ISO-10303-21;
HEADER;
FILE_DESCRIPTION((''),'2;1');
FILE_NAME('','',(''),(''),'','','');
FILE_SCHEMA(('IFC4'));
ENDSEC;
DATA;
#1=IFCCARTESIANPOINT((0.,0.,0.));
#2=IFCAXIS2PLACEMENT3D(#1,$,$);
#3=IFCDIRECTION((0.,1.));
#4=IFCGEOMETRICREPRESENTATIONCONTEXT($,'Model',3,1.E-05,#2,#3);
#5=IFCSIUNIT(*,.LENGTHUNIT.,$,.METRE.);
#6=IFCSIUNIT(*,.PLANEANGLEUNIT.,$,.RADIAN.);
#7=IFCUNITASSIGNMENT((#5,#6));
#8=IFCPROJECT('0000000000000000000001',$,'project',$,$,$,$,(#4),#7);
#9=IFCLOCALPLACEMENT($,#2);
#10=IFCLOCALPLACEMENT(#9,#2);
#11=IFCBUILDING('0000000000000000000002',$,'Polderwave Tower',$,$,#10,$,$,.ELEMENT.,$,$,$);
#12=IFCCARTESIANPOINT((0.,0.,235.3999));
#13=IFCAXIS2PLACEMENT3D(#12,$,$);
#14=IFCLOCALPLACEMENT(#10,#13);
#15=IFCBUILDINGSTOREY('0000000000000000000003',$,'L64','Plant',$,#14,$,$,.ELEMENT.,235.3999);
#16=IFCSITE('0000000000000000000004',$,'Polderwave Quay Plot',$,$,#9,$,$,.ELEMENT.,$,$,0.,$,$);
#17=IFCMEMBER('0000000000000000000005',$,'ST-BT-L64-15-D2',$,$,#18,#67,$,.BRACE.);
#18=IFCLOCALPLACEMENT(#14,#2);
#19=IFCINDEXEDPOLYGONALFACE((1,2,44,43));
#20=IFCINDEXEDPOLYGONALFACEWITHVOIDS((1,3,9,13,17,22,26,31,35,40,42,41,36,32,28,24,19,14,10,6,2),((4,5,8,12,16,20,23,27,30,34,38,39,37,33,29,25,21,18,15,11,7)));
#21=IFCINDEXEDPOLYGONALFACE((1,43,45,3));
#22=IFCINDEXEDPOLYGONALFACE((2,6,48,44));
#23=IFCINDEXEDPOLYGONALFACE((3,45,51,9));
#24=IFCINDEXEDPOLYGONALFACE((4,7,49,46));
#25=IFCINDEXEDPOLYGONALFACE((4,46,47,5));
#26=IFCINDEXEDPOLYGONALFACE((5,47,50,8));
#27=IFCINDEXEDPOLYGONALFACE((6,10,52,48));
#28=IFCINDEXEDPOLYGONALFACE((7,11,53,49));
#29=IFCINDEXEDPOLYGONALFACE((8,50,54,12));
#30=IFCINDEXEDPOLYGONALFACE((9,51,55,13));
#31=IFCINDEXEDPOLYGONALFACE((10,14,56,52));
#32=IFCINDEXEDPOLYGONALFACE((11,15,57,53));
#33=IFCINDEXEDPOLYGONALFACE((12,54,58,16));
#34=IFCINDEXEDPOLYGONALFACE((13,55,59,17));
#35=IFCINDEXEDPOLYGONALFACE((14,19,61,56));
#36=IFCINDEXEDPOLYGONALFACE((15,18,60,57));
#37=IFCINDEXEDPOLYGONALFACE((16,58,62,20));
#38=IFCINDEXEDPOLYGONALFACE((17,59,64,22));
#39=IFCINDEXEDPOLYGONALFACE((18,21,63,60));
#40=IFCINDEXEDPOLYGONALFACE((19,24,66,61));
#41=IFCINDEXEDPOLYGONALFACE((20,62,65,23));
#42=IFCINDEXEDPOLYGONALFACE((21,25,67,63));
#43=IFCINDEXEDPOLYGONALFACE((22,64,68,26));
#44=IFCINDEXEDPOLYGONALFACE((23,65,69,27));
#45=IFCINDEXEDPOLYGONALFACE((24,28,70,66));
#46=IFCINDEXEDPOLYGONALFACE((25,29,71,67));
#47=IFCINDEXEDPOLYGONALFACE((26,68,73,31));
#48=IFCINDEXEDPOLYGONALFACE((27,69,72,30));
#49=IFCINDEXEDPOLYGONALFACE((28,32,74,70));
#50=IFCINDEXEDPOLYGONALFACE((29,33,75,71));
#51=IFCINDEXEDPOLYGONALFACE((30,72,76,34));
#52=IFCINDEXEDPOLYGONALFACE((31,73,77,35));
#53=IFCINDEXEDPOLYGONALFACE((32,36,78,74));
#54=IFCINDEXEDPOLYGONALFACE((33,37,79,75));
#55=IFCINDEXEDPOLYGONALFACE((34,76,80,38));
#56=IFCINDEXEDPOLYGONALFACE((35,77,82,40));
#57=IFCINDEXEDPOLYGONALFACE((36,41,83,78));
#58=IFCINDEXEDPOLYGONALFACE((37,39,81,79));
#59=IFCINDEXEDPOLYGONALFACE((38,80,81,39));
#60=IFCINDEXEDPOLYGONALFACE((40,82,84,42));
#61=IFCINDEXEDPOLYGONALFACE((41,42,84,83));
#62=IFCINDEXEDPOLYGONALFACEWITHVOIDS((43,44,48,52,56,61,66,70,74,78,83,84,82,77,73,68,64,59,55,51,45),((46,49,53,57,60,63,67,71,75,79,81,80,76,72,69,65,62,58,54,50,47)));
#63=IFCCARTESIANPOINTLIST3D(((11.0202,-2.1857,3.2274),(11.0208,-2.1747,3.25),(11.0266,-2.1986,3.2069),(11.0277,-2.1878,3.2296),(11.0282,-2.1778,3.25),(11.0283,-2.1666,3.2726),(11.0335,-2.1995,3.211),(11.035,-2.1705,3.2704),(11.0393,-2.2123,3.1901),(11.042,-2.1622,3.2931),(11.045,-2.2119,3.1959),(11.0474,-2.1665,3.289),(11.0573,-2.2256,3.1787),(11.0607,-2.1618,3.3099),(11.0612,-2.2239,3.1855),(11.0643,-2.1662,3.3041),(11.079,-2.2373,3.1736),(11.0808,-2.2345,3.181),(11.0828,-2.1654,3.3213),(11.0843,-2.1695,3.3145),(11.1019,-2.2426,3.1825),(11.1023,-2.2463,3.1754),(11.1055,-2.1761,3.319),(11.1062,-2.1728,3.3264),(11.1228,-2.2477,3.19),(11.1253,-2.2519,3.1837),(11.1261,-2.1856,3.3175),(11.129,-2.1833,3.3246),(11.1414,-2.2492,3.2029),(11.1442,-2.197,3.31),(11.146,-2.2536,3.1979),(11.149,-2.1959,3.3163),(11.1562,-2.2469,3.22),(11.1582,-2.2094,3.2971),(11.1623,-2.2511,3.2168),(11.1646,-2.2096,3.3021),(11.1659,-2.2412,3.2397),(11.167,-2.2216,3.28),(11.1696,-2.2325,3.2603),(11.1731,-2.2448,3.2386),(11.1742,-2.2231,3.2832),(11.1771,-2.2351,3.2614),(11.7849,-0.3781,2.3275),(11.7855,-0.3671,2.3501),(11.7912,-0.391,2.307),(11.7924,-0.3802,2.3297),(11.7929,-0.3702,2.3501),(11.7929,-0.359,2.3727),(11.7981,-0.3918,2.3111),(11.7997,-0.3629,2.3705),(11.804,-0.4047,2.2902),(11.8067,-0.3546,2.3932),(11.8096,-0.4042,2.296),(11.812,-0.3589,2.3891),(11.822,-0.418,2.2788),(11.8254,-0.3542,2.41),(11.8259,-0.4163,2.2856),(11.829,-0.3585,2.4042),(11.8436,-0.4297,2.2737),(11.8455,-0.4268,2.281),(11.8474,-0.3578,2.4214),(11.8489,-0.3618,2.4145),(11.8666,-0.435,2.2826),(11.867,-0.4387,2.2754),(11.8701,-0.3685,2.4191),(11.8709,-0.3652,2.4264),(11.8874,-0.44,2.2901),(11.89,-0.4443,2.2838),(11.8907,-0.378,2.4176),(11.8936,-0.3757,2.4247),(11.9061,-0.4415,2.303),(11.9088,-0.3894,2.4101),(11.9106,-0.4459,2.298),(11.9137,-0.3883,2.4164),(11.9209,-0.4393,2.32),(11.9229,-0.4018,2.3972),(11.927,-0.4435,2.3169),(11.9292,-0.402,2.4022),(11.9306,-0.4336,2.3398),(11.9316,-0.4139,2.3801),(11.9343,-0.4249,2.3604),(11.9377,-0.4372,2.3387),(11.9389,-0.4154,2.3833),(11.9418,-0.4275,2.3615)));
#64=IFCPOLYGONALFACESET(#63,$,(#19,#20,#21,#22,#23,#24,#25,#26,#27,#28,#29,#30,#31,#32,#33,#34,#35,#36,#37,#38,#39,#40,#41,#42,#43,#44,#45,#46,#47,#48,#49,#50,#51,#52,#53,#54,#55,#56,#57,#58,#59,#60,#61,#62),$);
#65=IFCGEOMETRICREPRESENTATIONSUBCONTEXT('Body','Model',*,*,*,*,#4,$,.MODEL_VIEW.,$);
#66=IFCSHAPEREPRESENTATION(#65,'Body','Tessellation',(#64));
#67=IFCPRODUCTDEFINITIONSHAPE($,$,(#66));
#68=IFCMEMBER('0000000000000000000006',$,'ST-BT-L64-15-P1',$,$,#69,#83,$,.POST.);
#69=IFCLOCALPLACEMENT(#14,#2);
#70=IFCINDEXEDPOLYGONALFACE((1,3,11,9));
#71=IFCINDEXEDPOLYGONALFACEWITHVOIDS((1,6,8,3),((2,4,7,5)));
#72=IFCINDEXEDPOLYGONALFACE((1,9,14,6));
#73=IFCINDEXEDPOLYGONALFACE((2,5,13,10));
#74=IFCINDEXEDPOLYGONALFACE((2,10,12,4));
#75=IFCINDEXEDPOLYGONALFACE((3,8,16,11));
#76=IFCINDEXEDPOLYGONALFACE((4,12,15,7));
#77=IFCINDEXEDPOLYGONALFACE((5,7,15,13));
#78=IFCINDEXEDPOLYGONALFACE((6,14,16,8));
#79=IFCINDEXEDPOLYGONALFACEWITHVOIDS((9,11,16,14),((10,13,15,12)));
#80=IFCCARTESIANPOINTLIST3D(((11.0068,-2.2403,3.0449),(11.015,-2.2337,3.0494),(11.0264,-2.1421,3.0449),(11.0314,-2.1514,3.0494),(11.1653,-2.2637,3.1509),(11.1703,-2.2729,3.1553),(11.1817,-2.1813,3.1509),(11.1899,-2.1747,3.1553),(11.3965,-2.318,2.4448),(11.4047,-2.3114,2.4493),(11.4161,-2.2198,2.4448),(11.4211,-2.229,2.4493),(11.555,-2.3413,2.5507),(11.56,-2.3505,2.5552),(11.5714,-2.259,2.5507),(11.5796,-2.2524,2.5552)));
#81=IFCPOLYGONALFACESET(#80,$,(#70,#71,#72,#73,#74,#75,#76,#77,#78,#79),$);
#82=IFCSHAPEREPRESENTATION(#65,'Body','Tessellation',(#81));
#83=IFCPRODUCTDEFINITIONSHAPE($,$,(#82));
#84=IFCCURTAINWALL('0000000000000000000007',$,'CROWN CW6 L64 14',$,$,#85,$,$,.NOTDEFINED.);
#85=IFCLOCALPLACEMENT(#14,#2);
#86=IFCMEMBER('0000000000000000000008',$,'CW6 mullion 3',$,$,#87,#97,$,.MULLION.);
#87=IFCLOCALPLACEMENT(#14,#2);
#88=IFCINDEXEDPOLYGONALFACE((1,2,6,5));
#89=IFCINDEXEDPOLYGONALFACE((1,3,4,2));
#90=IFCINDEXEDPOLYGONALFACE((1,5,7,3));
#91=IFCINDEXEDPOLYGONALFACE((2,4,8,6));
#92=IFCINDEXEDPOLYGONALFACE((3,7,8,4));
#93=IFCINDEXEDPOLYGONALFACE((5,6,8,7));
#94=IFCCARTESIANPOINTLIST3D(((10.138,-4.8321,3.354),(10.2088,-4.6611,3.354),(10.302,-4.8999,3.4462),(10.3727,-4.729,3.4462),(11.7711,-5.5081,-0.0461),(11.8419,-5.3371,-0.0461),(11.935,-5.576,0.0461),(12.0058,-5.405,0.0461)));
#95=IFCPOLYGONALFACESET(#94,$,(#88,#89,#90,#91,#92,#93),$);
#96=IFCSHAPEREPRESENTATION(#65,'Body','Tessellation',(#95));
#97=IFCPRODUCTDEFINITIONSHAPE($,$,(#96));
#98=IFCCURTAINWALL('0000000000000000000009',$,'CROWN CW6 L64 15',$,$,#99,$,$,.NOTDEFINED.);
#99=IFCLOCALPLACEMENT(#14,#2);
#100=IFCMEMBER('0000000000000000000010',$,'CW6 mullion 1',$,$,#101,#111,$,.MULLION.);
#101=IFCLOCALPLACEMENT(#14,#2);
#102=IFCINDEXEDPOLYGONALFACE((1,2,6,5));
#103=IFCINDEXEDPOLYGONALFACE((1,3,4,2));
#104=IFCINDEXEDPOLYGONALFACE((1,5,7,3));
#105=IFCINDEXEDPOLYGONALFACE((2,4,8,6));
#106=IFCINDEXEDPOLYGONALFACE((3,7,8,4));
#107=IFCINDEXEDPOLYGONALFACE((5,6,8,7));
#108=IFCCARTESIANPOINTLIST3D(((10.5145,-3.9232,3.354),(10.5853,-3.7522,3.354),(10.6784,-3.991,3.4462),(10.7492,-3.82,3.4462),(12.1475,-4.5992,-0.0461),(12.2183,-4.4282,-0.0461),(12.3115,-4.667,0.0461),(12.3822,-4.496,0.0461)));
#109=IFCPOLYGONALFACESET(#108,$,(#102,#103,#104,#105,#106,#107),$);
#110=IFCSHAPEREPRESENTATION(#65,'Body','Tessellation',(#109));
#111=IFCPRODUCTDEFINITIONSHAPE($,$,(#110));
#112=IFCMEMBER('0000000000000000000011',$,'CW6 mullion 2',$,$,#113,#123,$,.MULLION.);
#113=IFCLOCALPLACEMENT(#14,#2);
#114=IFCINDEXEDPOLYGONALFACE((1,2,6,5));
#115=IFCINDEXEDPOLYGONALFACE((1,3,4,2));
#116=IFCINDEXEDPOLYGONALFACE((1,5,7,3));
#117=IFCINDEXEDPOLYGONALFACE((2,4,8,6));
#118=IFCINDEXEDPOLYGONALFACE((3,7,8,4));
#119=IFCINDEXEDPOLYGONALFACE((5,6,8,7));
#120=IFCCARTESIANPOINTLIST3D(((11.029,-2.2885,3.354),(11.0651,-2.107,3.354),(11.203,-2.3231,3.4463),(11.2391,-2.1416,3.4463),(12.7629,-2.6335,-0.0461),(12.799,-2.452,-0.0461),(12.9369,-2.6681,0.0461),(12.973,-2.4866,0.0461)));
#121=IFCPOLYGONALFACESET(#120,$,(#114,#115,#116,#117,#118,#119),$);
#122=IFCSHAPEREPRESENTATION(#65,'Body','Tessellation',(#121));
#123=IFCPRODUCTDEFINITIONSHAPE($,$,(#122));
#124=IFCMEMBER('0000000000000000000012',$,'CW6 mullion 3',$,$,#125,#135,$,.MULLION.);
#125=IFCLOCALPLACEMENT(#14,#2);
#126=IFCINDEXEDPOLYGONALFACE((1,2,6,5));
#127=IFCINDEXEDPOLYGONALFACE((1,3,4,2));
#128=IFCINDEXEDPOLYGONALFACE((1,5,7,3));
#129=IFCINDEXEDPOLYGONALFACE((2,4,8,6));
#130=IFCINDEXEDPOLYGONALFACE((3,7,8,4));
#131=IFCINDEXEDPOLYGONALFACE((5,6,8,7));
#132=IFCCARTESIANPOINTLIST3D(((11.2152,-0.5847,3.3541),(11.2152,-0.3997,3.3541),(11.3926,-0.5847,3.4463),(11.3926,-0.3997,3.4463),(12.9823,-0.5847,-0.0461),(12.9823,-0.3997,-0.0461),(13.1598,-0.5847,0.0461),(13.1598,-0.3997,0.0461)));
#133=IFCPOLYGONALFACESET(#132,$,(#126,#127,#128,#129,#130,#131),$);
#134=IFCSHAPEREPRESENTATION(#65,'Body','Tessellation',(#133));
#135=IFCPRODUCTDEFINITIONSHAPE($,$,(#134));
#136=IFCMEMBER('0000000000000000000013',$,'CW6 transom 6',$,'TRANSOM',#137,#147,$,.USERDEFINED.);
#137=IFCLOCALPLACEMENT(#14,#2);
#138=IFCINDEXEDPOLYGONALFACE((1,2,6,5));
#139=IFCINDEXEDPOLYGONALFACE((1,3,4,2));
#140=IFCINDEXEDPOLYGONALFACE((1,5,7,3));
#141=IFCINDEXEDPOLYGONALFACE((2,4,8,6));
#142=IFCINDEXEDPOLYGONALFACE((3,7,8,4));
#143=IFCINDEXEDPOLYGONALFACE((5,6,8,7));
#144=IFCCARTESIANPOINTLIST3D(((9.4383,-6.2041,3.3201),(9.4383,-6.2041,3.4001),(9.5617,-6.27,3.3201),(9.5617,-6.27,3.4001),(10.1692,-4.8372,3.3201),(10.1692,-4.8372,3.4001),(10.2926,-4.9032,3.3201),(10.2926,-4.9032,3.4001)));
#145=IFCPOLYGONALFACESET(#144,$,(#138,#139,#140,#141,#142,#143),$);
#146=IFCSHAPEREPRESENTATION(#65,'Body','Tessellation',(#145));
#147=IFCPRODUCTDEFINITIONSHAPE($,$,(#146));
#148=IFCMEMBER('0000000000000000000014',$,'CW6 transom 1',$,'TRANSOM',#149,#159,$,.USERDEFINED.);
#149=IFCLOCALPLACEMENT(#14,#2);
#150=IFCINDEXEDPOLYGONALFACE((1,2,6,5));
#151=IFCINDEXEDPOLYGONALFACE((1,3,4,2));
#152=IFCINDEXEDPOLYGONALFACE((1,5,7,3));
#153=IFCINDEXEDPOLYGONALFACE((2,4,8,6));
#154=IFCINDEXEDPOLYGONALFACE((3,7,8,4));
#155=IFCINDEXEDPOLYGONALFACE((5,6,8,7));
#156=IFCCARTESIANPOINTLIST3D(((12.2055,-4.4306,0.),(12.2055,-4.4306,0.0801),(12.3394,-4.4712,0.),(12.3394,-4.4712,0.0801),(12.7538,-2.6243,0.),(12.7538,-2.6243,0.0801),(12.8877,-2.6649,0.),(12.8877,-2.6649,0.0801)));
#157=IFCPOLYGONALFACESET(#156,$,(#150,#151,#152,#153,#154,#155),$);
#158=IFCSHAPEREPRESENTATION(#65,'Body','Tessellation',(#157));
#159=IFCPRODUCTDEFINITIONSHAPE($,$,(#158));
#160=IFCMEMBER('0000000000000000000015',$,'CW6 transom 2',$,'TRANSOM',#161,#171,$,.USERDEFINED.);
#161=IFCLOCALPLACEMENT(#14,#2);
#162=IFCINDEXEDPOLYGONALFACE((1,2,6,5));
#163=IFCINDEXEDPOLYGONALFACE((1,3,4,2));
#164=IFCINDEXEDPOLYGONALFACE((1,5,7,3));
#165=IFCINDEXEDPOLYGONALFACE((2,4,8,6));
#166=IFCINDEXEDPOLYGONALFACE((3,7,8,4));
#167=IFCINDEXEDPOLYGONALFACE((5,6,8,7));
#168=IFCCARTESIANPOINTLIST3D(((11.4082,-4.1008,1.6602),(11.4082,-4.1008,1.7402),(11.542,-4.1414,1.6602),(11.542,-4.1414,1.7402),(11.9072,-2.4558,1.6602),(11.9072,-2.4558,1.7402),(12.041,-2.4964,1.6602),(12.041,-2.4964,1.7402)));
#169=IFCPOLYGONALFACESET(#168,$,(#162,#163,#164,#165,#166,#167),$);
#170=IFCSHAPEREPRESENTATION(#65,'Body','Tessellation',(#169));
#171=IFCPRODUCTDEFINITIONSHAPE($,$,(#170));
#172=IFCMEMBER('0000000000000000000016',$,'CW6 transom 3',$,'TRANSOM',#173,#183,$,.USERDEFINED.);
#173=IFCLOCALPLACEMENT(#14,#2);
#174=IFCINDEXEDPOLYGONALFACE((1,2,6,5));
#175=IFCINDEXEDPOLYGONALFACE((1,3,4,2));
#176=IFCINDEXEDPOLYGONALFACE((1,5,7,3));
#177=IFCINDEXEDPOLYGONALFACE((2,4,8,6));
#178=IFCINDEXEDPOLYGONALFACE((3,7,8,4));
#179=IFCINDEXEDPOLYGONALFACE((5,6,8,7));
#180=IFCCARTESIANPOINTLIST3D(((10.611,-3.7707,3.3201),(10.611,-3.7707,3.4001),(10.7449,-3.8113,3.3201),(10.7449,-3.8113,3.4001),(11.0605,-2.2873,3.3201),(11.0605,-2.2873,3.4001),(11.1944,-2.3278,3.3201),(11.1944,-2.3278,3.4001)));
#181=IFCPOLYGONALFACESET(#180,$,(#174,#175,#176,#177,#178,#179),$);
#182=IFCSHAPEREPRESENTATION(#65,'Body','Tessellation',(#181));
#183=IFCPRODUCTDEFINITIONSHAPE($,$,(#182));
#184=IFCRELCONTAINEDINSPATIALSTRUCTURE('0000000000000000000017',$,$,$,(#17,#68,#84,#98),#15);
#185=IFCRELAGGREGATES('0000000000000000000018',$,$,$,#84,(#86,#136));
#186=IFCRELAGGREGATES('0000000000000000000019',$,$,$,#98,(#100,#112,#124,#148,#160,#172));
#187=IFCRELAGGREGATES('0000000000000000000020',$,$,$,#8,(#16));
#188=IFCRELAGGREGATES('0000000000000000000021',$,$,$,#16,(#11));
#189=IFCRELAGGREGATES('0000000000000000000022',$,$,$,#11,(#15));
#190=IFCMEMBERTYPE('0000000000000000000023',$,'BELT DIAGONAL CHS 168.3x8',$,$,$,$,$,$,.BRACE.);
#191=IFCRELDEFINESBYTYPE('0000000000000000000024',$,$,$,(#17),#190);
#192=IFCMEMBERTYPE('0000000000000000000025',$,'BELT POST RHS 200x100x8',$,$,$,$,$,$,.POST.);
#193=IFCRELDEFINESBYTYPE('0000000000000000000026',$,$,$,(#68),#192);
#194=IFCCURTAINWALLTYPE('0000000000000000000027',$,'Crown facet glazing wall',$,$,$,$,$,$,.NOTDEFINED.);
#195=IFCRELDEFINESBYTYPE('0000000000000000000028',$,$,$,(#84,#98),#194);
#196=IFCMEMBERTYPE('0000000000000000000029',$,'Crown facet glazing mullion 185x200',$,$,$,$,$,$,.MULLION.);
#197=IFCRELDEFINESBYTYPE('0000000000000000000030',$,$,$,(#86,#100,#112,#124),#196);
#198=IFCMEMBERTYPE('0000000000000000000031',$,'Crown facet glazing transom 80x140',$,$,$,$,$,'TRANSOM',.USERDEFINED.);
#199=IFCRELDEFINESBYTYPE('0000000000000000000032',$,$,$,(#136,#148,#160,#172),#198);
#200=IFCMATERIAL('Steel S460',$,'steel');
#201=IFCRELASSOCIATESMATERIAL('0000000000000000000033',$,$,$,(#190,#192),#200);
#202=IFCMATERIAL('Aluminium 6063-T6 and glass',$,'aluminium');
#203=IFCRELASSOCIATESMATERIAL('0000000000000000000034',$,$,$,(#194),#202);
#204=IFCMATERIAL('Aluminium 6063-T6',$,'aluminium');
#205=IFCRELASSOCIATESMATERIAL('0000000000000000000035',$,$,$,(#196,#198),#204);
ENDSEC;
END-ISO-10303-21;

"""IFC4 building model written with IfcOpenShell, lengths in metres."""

from ifc_helpers import new_model, si_unit, direction, frame, origin, origin_2d, place, context, subcontext, project, spatial, rectangle, hollow_rectangle, hollow_circle, extrude, material, material_profile, profile_set, type_object, element, aggregate, save


model = new_model("IFC4")

# Units and contexts
model_context = context("Model", 3, precision=1e-05, world=origin(), true_north=direction((0.0, 1.0)))
body_context = subcontext(model_context, "Body", "Model", "MODEL_VIEW")
ifc_project = project(units=[si_unit("LENGTHUNIT", "METRE"), si_unit("PLANEANGLEUNIT", "RADIAN")], contexts=[model_context])

# Site, building, storey
site_placement = place(None, origin())
site = spatial("IfcSite", under=ifc_project, at=site_placement, Name="Polderwave Quay Plot", CompositionType="ELEMENT", RefElevation=0.0)
building_placement = place(site_placement, origin())
building = spatial("IfcBuilding", under=site, at=building_placement, Name="Polderwave Tower", CompositionType="ELEMENT")
storey_placement = place(building_placement, frame((0.0, 0.0, 235.3999)))
storey = spatial("IfcBuildingStorey", under=building, at=storey_placement, Name="L64", Description="Plant", CompositionType="ELEMENT", Elevation=235.3999)

# Members
ifc_material_1 = material(Name="Steel S460", Category="steel")
ifc_material_profile_1 = material_profile(ifc_material_1, hollow_circle(Radius=0.0842, WallThickness=0.0081, at=origin_2d()), Name="CHS 168.3x8")
ifc_profile_set_1 = profile_set([ifc_material_profile_1], Name="Steel S460")
member_type_1 = type_object("IfcMemberType", Name="BELT DIAGONAL CHS 168.3x8", PredefinedType="BRACE", material=ifc_profile_set_1)
for number, where, z_axis, x_axis, name in (
    (1, (11.0984, -2.2075, 3.25), (0.354141, 0.837184, -0.416783), (-0.920988, 0.389591, 0.0), "ST-BT-L64-15-D2"),
):
    element("IfcMember", number, at=place(storey_placement, frame(where, z_axis=z_axis, x_axis=x_axis)), inside=storey, type_object=member_type_1, Name=name, PredefinedType="BRACE", context=body_context, shape_type="SweptSolid", body=[
        extrude(hollow_circle(Radius=0.0842, WallThickness=0.0081, at=origin_2d()), origin(), (0.0, 0.0, 1.0), 2.1592),
    ])
ifc_material_profile_2 = material_profile(ifc_material_1, hollow_rectangle(XDim=0.1001, YDim=0.2, WallThickness=0.0081, at=origin_2d()), Name="RHS 200x100x8")
ifc_profile_set_2 = profile_set([ifc_material_profile_2], Name="Steel S460")
member_type_2 = type_object("IfcMemberType", Name="BELT POST RHS 200x100x8", PredefinedType="POST", material=ifc_profile_set_2)
member_1_placement = place(storey_placement, frame((11.488, -2.2852, 2.5), z_axis=(-0.541403, 0.107873, 0.833814), x_axis=(-0.195407, -0.980722, 0.0)))
element("IfcMember", 2, at=member_1_placement, inside=storey, type_object=member_type_2, Name="ST-BT-L64-15-P1", PredefinedType="POST", context=body_context, shape_type="SweptSolid", body=[
    extrude(hollow_rectangle(XDim=0.1001, YDim=0.2, WallThickness=0.0081, at=origin_2d()), origin(), (0.0, 0.0, 1.0), 0.7197),
])

# Curtain wall, member
ifc_material_2 = material(Name="Aluminium 6063-T6 and glass", Category="aluminium")
curtain_wall_type = type_object("IfcCurtainWallType", Name="Crown facet glazing wall", PredefinedType="NOTDEFINED", material=ifc_material_2)
curtain_wall_1_placement = place(storey_placement, origin())
curtain_wall_1 = element("IfcCurtainWall", 3, at=curtain_wall_1_placement, inside=storey, type_object=curtain_wall_type, Name="CROWN CW6 L64 14", PredefinedType="NOTDEFINED")
ifc_material_3 = material(Name="Aluminium 6063-T6", Category="aluminium")
ifc_material_profile_3 = material_profile(ifc_material_3, rectangle(XDim=0.1851, YDim=0.2, at=origin_2d()), Name="AL 185x200")
ifc_profile_set_3 = profile_set([ifc_material_profile_3], Name="Aluminium 6063-T6")
member_type_3 = type_object("IfcMemberType", Name="Crown facet glazing mullion 185x200", PredefinedType="MULLION", material=ifc_profile_set_3)
member_2_placement = place(storey_placement, frame((11.8884, -5.4565, 0.0), z_axis=(-0.426153, 0.176412, 0.887284), x_axis=(-0.382486, -0.923961, 0.0)))
member_2 = element("IfcMember", 4, at=member_2_placement, type_object=member_type_3, Name="CW6 mullion 3", PredefinedType="MULLION", context=body_context, shape_type="SweptSolid", body=[
    extrude(rectangle(XDim=0.1851, YDim=0.2, at=origin_2d()), origin(), (0.0, 0.0, 1.0), 3.832),
])

# Curtain wall, members
curtain_wall_2_placement = place(storey_placement, origin())
curtain_wall_2 = element("IfcCurtainWall", 5, at=curtain_wall_2_placement, inside=storey, type_object=curtain_wall_type, Name="CROWN CW6 L64 15", PredefinedType="NOTDEFINED")
member_3_placement = place(storey_placement, frame((12.2649, -4.5476, 0.0), z_axis=(-0.426153, 0.176412, 0.887284), x_axis=(-0.382486, -0.923961, 0.0)))
member_3 = element("IfcMember", 6, at=member_3_placement, type_object=member_type_3, Name="CW6 mullion 1", PredefinedType="MULLION", context=body_context, shape_type="SweptSolid", body=[
    extrude(rectangle(XDim=0.1851, YDim=0.2, at=origin_2d()), origin(), (0.0, 0.0, 1.0), 3.832),
])
member_4_placement = place(storey_placement, frame((12.8679, -2.5601, 0.0), z_axis=(-0.452443, 0.090017, 0.887239), x_axis=(-0.195133, -0.980777, 0.0)))
member_4 = element("IfcMember", 7, at=member_4_placement, type_object=member_type_3, Name="CW6 mullion 2", PredefinedType="MULLION", context=body_context, shape_type="SweptSolid", body=[
    extrude(rectangle(XDim=0.1851, YDim=0.2, at=origin_2d()), origin(), (0.0, 0.0, 1.0), 3.8323),
])
member_5_placement = place(storey_placement, frame((13.071, -0.4922, 0.0), z_axis=(-0.46115, 0.0, 0.887322), x_axis=(0.0, -1.0, 0.0)))
member_5 = element("IfcMember", 8, at=member_5_placement, type_object=member_type_3, Name="CW6 mullion 3", PredefinedType="MULLION", context=body_context, shape_type="SweptSolid", body=[
    extrude(rectangle(XDim=0.1851, YDim=0.2, at=origin_2d()), origin(), (0.0, 0.0, 1.0), 3.832),
])

# Members
ifc_material_profile_4 = material_profile(ifc_material_3, rectangle(XDim=0.1399, YDim=0.0801, at=origin_2d()), Name="AL 80x140")
ifc_profile_set_4 = profile_set([ifc_material_profile_4], Name="Aluminium 6063-T6")
member_type_4 = type_object("IfcMemberType", Name="Crown facet glazing transom 80x140", ElementType="TRANSOM", PredefinedType="USERDEFINED", material=ifc_profile_set_4)
member_6_placement = place(storey_placement, frame((9.5, -6.2371, 3.3601), z_axis=(0.471553, 0.881838, 0.0), x_axis=(-0.881838, 0.471553, 0.0)))
member_6 = element("IfcMember", 9, at=member_6_placement, type_object=member_type_4, Name="CW6 transom 6", ObjectType="TRANSOM", PredefinedType="USERDEFINED", context=body_context, shape_type="SweptSolid", body=[
    extrude(rectangle(XDim=0.1399, YDim=0.0801, at=origin_2d()), origin(), (0.0, 0.0, 1.0), 1.55),
])
aggregate(curtain_wall_1, [member_2, member_6])
member_7_placement = place(storey_placement, frame((12.2725, -4.4509, 0.04), z_axis=(0.290467, 0.956885, 0.0), x_axis=(-0.956885, 0.290467, 0.0)))
member_7 = element("IfcMember", 10, at=member_7_placement, type_object=member_type_4, Name="CW6 transom 1", ObjectType="TRANSOM", PredefinedType="USERDEFINED", context=body_context, shape_type="SweptSolid", body=[
    extrude(rectangle(XDim=0.1399, YDim=0.0801, at=origin_2d()), origin(), (0.0, 0.0, 1.0), 1.8877),
])
member_8_placement = place(storey_placement, frame((11.4751, -4.1211, 1.7002), z_axis=(0.290291, 0.956938, 0.0), x_axis=(-0.956938, 0.290291, 0.0)))
member_8 = element("IfcMember", 11, at=member_8_placement, type_object=member_type_4, Name="CW6 transom 2", ObjectType="TRANSOM", PredefinedType="USERDEFINED", context=body_context, shape_type="SweptSolid", body=[
    extrude(rectangle(XDim=0.1399, YDim=0.0801, at=origin_2d()), origin(), (0.0, 0.0, 1.0), 1.719),
])
member_9_placement = place(storey_placement, frame((10.678, -3.791, 3.3601), z_axis=(0.289977, 0.957034, 0.0), x_axis=(-0.957034, 0.289977, 0.0)))
member_9 = element("IfcMember", 12, at=member_9_placement, type_object=member_type_4, Name="CW6 transom 3", ObjectType="TRANSOM", PredefinedType="USERDEFINED", context=body_context, shape_type="SweptSolid", body=[
    extrude(rectangle(XDim=0.1399, YDim=0.0801, at=origin_2d()), origin(), (0.0, 0.0, 1.0), 1.55),
])

aggregate(curtain_wall_2, [member_3, member_4, member_5, member_7, member_8, member_9])

save(model, "model.ifc")
